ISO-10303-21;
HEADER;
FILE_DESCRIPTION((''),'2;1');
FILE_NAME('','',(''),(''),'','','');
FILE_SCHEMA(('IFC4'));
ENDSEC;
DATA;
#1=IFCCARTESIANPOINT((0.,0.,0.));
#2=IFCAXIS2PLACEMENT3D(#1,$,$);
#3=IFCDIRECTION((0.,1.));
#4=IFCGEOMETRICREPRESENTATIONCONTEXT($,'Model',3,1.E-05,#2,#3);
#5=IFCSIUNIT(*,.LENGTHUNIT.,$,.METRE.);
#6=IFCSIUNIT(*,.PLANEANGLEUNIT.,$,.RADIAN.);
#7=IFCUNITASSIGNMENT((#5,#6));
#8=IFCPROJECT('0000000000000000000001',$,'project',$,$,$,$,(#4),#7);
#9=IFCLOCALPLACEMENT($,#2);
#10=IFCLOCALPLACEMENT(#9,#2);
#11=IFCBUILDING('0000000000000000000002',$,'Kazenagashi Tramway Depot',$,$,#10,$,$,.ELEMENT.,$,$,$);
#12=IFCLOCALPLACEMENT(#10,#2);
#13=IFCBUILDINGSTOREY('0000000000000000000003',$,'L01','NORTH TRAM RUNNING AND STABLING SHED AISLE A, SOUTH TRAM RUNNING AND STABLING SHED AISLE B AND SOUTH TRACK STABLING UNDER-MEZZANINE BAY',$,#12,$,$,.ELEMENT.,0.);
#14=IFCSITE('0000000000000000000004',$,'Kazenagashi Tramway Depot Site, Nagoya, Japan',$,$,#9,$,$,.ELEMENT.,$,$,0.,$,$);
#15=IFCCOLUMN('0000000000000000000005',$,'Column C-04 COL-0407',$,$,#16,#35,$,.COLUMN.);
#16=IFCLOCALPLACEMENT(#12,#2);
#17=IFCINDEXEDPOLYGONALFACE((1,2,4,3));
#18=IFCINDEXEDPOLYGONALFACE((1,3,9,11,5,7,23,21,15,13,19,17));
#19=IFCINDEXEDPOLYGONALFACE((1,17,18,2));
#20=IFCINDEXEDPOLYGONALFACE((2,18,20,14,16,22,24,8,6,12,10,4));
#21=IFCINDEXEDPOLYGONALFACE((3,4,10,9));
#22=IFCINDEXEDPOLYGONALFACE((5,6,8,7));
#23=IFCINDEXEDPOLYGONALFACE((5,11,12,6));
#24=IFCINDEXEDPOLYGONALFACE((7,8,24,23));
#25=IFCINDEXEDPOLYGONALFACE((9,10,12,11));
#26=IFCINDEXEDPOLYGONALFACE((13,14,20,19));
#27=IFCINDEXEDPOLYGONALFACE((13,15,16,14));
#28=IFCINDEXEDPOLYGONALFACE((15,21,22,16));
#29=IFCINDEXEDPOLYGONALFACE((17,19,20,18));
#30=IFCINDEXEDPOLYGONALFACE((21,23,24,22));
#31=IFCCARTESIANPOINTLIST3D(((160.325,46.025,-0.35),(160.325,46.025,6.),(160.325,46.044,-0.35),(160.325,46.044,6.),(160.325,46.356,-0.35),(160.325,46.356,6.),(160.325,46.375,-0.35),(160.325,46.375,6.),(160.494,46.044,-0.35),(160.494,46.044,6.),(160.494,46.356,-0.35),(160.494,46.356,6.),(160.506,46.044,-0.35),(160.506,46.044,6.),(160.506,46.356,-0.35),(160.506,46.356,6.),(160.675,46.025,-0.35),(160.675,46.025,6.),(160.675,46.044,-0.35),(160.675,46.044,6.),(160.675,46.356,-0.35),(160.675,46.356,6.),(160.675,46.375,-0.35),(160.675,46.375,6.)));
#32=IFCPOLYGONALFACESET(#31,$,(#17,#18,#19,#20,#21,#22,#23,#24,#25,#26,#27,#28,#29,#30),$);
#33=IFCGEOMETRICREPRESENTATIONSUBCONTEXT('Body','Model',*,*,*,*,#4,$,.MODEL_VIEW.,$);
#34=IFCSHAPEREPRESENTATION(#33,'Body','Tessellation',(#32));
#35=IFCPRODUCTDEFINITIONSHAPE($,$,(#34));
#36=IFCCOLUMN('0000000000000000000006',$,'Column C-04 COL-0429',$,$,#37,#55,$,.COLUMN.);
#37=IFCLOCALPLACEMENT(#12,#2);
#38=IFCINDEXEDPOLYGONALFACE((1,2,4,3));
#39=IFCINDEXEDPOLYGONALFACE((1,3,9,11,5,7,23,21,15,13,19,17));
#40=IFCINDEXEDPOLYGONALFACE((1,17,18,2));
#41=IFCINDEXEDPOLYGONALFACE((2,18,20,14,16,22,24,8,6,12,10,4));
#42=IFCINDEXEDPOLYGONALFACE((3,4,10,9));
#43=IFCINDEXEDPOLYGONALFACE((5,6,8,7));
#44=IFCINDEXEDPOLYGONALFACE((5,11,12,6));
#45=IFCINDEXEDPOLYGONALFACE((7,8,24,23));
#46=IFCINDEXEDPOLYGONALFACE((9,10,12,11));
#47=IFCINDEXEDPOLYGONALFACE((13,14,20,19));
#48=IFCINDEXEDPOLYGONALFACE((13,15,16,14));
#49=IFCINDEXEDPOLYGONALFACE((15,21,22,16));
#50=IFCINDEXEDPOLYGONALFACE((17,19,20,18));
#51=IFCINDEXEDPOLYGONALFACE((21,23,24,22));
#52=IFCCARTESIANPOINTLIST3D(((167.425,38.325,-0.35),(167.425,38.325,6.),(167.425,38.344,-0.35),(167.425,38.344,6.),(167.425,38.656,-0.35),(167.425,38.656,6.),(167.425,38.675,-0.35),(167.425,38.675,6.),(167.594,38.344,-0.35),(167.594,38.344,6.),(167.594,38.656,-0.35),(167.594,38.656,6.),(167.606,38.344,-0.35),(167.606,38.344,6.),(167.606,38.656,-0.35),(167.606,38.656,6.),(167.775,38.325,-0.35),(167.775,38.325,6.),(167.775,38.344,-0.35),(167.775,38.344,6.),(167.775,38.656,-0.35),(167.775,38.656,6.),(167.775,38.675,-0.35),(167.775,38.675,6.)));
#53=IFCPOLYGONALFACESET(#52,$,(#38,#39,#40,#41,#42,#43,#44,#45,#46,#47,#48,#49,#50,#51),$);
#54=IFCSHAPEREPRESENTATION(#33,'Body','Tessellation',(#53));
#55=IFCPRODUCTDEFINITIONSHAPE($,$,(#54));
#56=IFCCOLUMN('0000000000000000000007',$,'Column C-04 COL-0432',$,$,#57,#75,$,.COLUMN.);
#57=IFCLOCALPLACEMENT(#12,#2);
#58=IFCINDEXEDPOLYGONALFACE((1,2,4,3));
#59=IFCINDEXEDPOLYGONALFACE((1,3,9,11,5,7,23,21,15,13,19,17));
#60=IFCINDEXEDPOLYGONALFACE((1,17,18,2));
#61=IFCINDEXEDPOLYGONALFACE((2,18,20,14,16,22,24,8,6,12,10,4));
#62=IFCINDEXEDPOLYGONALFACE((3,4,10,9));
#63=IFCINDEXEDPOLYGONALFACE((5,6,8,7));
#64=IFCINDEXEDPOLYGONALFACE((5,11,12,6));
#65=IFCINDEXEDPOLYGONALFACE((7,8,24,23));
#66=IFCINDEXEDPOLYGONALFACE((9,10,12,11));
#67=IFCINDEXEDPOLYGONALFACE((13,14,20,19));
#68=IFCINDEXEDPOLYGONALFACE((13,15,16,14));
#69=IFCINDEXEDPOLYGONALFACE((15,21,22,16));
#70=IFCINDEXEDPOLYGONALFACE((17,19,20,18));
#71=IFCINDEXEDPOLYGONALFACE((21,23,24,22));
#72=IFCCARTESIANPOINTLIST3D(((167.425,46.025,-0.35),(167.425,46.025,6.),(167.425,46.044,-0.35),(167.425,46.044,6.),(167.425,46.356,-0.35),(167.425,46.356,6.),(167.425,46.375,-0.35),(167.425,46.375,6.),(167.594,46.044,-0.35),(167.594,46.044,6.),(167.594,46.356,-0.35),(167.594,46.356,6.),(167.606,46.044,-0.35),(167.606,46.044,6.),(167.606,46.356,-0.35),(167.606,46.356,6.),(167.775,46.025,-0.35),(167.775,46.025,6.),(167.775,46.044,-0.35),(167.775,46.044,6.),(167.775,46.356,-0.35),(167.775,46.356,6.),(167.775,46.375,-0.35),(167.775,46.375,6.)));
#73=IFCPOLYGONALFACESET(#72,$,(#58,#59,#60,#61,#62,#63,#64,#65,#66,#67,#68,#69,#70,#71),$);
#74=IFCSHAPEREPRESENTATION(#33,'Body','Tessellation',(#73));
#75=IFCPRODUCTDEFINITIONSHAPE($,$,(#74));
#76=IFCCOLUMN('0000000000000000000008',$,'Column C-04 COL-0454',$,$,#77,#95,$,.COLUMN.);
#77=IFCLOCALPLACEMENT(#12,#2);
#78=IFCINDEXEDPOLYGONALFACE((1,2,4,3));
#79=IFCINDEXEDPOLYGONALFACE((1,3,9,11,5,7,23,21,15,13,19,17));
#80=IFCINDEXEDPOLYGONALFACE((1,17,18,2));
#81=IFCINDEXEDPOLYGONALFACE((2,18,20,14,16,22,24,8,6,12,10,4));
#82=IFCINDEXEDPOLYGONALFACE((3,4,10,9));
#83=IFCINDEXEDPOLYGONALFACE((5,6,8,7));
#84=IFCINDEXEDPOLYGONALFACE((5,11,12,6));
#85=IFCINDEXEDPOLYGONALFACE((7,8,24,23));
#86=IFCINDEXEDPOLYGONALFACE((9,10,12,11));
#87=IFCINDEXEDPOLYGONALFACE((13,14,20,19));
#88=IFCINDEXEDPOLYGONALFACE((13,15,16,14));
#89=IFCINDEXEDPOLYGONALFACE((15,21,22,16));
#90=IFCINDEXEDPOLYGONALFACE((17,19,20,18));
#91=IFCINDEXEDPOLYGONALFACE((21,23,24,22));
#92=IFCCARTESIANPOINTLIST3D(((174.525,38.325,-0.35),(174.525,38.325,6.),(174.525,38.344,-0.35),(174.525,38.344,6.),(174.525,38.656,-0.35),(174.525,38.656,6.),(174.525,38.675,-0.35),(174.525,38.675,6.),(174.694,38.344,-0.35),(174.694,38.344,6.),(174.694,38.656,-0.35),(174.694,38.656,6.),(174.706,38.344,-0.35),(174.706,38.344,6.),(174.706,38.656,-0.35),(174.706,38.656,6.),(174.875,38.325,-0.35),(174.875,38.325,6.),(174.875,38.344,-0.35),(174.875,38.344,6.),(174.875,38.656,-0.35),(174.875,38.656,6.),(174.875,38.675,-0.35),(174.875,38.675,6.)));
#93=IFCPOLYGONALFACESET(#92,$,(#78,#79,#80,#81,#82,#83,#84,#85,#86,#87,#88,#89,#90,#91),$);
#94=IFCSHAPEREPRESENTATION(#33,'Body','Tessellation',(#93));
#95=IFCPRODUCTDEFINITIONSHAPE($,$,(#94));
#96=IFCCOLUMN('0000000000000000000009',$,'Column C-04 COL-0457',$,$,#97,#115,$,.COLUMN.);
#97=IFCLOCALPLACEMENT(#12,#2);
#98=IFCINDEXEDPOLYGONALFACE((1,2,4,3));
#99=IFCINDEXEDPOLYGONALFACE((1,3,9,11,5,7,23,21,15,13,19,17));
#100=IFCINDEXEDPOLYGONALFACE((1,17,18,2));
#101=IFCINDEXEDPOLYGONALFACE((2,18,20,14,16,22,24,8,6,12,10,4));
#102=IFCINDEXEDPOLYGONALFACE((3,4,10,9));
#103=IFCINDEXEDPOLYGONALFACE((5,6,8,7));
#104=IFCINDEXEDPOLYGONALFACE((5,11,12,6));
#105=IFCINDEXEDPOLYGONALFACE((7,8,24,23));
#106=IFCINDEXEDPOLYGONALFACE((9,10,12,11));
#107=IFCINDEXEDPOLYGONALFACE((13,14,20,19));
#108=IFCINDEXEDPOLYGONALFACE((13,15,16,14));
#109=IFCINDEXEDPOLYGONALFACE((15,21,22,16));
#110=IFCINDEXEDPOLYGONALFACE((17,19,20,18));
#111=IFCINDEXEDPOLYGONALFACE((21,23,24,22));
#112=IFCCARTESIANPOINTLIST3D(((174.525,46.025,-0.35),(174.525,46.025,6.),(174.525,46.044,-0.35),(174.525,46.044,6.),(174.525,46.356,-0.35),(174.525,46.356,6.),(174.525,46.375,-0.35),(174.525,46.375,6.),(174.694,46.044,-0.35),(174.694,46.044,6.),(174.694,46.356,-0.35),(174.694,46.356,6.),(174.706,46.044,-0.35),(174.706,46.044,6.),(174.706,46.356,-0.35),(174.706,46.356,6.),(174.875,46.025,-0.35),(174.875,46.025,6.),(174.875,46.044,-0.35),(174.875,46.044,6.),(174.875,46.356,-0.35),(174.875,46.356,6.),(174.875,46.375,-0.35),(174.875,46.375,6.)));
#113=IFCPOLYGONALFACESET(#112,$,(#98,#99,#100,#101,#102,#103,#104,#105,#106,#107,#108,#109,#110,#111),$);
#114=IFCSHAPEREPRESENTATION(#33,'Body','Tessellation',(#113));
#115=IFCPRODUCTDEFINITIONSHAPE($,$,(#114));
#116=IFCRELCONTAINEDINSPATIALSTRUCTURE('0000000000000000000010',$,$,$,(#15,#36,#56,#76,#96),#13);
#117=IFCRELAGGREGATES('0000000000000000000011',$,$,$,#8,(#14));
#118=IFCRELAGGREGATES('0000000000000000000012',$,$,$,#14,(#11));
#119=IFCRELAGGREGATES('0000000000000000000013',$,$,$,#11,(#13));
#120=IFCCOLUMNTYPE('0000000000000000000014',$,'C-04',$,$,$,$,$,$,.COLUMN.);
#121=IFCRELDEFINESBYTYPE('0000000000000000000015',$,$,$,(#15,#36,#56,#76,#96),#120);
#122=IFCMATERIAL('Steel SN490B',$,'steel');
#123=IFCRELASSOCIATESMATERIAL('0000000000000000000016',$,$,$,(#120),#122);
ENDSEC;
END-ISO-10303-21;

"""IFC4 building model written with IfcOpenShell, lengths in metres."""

from ifc_helpers import new_model, si_unit, direction, frame, origin, origin_2d, place, context, subcontext, project, spatial, i_section, extrude, material, material_profile, profile_set, type_object, element, save


model = new_model("IFC4")

# Units and contexts
model_context = context("Model", 3, precision=1e-05, world=origin(), true_north=direction((0.0, 1.0)))
body_context = subcontext(model_context, "Body", "Model", "MODEL_VIEW")
ifc_project = project(units=[si_unit("LENGTHUNIT", "METRE"), si_unit("PLANEANGLEUNIT", "RADIAN")], contexts=[model_context])

# Site, building, storey
site_placement = place(None, origin())
site = spatial("IfcSite", under=ifc_project, at=site_placement, Name="Kazenagashi Tramway Depot Site, Nagoya, Japan", CompositionType="ELEMENT", RefElevation=0.0)
building_placement = place(site_placement, origin())
building = spatial("IfcBuilding", under=site, at=building_placement, Name="Kazenagashi Tramway Depot", CompositionType="ELEMENT")
storey_placement = place(building_placement, origin())
storey = spatial("IfcBuildingStorey", under=building, at=storey_placement, Name="L01", Description="NORTH TRAM RUNNING AND STABLING SHED AISLE A, SOUTH TRAM RUNNING AND STABLING SHED AISLE B AND SOUTH TRACK STABLING UNDER-MEZZANINE BAY", CompositionType="ELEMENT", Elevation=0.0)

# Columns
ifc_material_1 = material(Name="Steel SN490B", Category="steel")
ifc_material_profile_1 = material_profile(ifc_material_1, i_section(OverallWidth=0.35, OverallDepth=0.35, WebThickness=0.012, FlangeThickness=0.019, at=origin_2d()), Name="H-350x350x12x19")
ifc_profile_set_1 = profile_set([ifc_material_profile_1], Name="Steel SN490B")
column_type = type_object("IfcColumnType", Name="C-04", PredefinedType="COLUMN", material=ifc_profile_set_1)
for number, where, z_axis, x_axis, name in (
    (1, (160.5, 46.2, -0.35), (0.0, 0.0, 1.0), (1.0, 0.0, 0.0), "Column C-04 COL-0407"),
    (2, (167.6, 38.5, -0.35), (0.0, 0.0, 1.0), (1.0, 0.0, 0.0), "Column C-04 COL-0429"),
    (3, (167.6, 46.2, -0.35), (0.0, 0.0, 1.0), (1.0, 0.0, 0.0), "Column C-04 COL-0432"),
    (4, (174.7, 38.5, -0.35), (0.0, 0.0, 1.0), (1.0, 0.0, 0.0), "Column C-04 COL-0454"),
    (5, (174.7, 46.2, -0.35), (0.0, 0.0, 1.0), (1.0, 0.0, 0.0), "Column C-04 COL-0457"),
):
    element("IfcColumn", number, at=place(storey_placement, frame(where, z_axis=z_axis, x_axis=x_axis)), inside=storey, type_object=column_type, Name=name, PredefinedType="COLUMN", context=body_context, shape_type="SweptSolid", body=[
        extrude(i_section(OverallWidth=0.35, OverallDepth=0.35, WebThickness=0.012, FlangeThickness=0.019, at=origin_2d()), origin(), (0.0, 0.0, 1.0), 6.35),
    ])

save(model, "model.ifc")
